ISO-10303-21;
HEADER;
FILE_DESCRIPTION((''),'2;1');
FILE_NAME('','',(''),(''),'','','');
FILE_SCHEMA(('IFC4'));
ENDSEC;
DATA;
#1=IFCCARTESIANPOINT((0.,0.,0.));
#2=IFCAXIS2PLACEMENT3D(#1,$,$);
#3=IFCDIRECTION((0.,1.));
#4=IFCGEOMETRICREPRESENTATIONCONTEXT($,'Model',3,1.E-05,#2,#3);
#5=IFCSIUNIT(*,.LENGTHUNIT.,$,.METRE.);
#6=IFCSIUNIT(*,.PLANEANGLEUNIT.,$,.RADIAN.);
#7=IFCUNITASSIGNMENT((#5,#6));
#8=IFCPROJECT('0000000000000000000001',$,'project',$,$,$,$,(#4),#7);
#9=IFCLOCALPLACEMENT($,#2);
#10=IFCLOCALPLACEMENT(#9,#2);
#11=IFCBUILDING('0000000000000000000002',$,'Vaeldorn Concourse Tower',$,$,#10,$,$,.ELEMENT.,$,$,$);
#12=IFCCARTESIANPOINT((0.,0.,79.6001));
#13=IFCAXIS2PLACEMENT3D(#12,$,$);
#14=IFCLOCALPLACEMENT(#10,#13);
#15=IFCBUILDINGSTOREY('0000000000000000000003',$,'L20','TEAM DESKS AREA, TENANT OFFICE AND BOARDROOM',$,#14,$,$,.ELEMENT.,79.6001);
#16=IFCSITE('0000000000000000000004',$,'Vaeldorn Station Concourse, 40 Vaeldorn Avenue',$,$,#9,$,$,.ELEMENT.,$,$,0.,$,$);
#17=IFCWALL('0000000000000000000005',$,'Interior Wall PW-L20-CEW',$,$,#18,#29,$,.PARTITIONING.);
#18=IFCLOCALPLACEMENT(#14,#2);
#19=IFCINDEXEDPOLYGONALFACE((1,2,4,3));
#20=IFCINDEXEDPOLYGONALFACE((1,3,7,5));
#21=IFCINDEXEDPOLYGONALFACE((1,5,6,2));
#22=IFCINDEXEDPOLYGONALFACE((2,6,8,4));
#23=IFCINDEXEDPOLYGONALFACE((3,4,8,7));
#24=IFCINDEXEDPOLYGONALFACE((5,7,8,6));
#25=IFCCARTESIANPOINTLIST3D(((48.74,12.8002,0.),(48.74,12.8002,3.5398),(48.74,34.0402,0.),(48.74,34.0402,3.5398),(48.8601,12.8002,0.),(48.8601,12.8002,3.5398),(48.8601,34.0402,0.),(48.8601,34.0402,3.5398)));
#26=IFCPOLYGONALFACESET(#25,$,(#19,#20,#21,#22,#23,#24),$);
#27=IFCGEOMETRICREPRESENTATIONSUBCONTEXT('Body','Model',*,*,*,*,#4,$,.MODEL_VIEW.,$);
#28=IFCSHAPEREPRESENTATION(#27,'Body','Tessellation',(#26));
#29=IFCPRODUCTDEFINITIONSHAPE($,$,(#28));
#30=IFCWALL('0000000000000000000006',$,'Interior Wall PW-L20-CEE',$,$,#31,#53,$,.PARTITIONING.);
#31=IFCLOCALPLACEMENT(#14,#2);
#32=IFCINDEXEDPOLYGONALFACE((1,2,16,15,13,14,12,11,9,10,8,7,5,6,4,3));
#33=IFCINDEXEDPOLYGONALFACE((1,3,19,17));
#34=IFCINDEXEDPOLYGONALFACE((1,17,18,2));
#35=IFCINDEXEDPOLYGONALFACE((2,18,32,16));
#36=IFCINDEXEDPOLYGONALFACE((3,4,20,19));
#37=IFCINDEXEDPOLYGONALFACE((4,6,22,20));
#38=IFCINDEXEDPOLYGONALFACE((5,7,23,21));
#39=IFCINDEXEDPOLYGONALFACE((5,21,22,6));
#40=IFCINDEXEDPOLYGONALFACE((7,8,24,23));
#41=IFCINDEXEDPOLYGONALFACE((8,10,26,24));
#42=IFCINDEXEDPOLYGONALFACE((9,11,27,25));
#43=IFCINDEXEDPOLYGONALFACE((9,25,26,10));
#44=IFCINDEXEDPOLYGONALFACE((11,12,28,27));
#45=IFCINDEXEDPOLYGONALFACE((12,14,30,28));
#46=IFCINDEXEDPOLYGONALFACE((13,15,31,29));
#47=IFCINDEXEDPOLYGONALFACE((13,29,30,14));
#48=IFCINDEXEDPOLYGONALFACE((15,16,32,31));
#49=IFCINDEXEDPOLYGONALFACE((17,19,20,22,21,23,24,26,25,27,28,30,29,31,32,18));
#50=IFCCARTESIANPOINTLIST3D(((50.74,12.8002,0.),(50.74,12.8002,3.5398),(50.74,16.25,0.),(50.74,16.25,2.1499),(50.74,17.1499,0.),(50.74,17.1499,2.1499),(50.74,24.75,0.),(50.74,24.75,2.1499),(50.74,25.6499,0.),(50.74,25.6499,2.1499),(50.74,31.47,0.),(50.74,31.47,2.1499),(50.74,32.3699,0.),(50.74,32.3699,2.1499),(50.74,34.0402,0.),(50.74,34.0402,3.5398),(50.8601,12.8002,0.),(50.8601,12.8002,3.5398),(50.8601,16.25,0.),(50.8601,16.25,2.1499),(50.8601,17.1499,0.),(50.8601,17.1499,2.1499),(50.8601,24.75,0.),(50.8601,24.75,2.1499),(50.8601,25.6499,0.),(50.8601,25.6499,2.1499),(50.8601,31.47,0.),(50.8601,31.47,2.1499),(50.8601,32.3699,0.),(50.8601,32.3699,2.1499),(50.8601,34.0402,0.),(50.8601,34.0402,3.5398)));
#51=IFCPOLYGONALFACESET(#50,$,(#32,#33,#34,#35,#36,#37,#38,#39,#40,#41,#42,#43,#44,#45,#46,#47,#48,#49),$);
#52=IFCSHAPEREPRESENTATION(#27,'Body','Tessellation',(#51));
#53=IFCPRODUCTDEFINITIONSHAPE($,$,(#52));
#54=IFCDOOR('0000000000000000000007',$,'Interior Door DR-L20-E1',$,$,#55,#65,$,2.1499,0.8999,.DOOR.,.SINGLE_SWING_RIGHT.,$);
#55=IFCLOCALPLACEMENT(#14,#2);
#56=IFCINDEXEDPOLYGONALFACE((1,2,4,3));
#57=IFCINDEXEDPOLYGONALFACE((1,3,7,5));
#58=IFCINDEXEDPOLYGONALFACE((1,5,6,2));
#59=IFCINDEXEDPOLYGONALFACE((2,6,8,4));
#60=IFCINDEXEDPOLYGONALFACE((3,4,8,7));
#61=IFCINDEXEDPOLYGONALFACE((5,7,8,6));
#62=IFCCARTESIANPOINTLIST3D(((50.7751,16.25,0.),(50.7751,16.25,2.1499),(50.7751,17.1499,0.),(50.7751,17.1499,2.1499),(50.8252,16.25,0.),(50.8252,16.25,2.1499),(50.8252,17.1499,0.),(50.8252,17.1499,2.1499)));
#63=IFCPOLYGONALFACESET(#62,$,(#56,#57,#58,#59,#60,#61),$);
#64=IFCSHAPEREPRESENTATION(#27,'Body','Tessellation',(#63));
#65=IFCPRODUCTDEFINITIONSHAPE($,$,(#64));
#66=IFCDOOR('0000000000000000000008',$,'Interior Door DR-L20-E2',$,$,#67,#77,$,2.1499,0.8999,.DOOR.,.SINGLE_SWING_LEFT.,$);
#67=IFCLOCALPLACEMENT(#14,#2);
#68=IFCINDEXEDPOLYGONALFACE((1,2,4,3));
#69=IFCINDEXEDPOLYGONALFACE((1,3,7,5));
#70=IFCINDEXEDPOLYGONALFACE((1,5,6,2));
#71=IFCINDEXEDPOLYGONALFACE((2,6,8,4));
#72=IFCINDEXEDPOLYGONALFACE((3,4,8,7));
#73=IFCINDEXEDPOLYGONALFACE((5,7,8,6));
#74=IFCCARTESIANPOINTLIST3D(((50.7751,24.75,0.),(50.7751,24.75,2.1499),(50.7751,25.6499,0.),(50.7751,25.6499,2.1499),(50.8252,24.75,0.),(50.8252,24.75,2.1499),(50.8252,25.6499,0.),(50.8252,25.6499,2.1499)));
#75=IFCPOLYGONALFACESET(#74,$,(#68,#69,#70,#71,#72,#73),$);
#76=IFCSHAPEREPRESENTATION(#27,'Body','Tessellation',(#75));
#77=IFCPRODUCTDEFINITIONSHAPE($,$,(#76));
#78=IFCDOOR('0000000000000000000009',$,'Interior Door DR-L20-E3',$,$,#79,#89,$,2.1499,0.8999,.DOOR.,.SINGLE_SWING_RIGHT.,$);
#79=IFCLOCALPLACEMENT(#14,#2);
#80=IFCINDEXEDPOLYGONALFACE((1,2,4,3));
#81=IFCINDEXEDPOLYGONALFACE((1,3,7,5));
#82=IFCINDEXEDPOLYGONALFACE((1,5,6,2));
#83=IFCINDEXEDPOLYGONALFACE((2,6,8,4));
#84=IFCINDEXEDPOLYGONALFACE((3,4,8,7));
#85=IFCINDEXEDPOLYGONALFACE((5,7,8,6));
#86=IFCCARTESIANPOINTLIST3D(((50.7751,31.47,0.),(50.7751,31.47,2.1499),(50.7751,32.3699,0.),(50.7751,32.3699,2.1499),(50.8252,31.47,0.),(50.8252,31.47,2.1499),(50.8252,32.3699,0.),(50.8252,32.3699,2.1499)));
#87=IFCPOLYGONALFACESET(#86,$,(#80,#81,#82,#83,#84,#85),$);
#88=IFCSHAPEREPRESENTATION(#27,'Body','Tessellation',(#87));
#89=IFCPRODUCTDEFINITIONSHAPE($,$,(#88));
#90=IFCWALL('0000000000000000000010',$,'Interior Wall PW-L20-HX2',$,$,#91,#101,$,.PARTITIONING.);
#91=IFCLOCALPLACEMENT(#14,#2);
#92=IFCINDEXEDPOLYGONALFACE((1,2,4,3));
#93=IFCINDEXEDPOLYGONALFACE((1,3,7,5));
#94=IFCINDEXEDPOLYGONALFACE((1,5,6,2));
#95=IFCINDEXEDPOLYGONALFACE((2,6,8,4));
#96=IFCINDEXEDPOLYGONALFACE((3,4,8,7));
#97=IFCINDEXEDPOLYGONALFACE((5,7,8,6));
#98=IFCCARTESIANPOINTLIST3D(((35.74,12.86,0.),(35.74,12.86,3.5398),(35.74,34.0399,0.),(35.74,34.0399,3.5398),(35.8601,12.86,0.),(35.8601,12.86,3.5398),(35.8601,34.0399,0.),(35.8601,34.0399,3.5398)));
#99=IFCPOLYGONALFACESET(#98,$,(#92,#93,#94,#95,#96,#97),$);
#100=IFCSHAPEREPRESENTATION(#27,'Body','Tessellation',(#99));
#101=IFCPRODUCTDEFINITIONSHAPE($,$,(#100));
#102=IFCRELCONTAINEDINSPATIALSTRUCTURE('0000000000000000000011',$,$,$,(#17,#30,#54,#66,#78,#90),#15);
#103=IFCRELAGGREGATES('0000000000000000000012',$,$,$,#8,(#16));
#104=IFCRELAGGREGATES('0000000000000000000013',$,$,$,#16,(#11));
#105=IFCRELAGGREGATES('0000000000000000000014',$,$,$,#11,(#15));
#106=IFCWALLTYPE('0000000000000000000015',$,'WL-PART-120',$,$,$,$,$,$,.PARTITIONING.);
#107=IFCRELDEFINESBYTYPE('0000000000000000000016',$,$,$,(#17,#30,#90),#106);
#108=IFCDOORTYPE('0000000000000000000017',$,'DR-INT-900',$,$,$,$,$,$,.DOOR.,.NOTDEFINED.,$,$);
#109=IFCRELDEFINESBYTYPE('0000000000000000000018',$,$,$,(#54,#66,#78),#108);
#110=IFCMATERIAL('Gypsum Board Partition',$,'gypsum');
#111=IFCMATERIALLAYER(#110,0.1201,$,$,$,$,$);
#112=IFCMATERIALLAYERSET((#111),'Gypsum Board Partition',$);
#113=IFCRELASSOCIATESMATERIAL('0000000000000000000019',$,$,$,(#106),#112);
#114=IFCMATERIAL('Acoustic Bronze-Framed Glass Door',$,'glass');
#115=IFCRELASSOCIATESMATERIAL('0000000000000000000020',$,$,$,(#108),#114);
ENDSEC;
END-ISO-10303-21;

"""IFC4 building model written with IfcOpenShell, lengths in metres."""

from ifc_helpers import new_model, si_unit, direction, frame, frame_2d, origin, place, context, subcontext, project, spatial, rectangle, extrude, source, transform, mapped, material, layer, layer_set, type_object, element, fill, save


model = new_model("IFC4")

# Units and contexts
model_context = context("Model", 3, precision=1e-05, world=origin(), true_north=direction((0.0, 1.0)))
body_context = subcontext(model_context, "Body", "Model", "MODEL_VIEW")
ifc_project = project(units=[si_unit("LENGTHUNIT", "METRE"), si_unit("PLANEANGLEUNIT", "RADIAN")], contexts=[model_context])

# Site, building, storey
site_placement = place(None, origin())
site = spatial("IfcSite", under=ifc_project, at=site_placement, Name="Vaeldorn Station Concourse, 40 Vaeldorn Avenue", CompositionType="ELEMENT", RefElevation=0.0)
building_placement = place(site_placement, origin())
building = spatial("IfcBuilding", under=site, at=building_placement, Name="Vaeldorn Concourse Tower", CompositionType="ELEMENT")
storey_placement = place(building_placement, frame((0.0, 0.0, 79.6001)))
storey = spatial("IfcBuildingStorey", under=building, at=storey_placement, Name="L20", Description="TEAM DESKS AREA, TENANT OFFICE AND BOARDROOM", CompositionType="ELEMENT", Elevation=79.6001)

# Wall
ifc_material_1 = material(Name="Gypsum Board Partition", Category="gypsum")
ifc_layer = layer(ifc_material_1, 0.1201)
ifc_layer_set = layer_set([ifc_layer], Name="Gypsum Board Partition")
wall_type = type_object("IfcWallType", Name="WL-PART-120", PredefinedType="PARTITIONING", material=ifc_layer_set)
wall_1_placement = place(storey_placement, frame((48.8, 12.8, 0.0), z_axis=(0.0, 0.0, 1.0), x_axis=(0.0, 1.0, 0.0)))
element("IfcWall", 1, at=wall_1_placement, inside=storey, type_object=wall_type, Name="Interior Wall PW-L20-CEW", PredefinedType="PARTITIONING", context=body_context, shape_type="SweptSolid", body=[
    extrude(rectangle(XDim=21.24, YDim=0.1201, at=frame_2d((10.6201, 0.0))), origin(), (0.0, 0.0, 1.0), 3.5398),
])

# Wall, openings, doors
wall_2_placement = place(storey_placement, frame((50.8, 12.8, 0.0), z_axis=(0.0, 0.0, 1.0), x_axis=(0.0, 1.0, 0.0)))
wall_2 = element("IfcWall", 2, at=wall_2_placement, inside=storey, type_object=wall_type, Name="Interior Wall PW-L20-CEE", PredefinedType="PARTITIONING", context=body_context, shape_type="SweptSolid", body=[
    extrude(rectangle(XDim=21.24, YDim=0.1201, at=frame_2d((10.6201, 0.0))), origin(), (0.0, 0.0, 1.0), 3.5398),
])
opening_1_placement = place(wall_2_placement, frame((3.45, 0.0, 0.0)))
opening_1 = element("IfcOpeningElement", 3, at=opening_1_placement, cuts=wall_2, PredefinedType="OPENING", context=body_context, shape_type="SweptSolid", body=[
    extrude(rectangle(XDim=0.8999, YDim=2.1499, at=frame_2d((0.45, 1.075))), frame((0.0, 0.0701, 0.0), z_axis=(0.0, -1.0, 0.0), x_axis=(1.0, 0.0, 0.0)), (0.0, 0.0, 1.0), 0.1401),
])
opening_2_placement = place(wall_2_placement, frame((11.95, 0.0, 0.0)))
opening_2 = element("IfcOpeningElement", 4, at=opening_2_placement, cuts=wall_2, PredefinedType="OPENING", context=body_context, shape_type="SweptSolid", body=[
    extrude(rectangle(XDim=0.8999, YDim=2.1499, at=frame_2d((0.45, 1.075))), frame((0.0, 0.0701, 0.0), z_axis=(0.0, -1.0, 0.0), x_axis=(1.0, 0.0, 0.0)), (0.0, 0.0, 1.0), 0.1401),
])
opening_3_placement = place(wall_2_placement, frame((18.6699, 0.0, 0.0)))
opening_3 = element("IfcOpeningElement", 5, at=opening_3_placement, cuts=wall_2, PredefinedType="OPENING", context=body_context, shape_type="SweptSolid", body=[
    extrude(rectangle(XDim=0.8999, YDim=2.1499, at=frame_2d((0.45, 1.075))), frame((0.0, 0.0701, 0.0), z_axis=(0.0, -1.0, 0.0), x_axis=(1.0, 0.0, 0.0)), (0.0, 0.0, 1.0), 0.1401),
])
ifc_material_2 = material(Name="Acoustic Bronze-Framed Glass Door", Category="glass")
door_type = type_object("IfcDoorType", Name="DR-INT-900", OperationType="NOTDEFINED", PredefinedType="DOOR", material=ifc_material_2)
shared_shape_1 = source(origin(), body_context, "Body", "SweptSolid", [
    extrude(rectangle(XDim=0.8999, YDim=2.1499, at=frame_2d((0.45, 1.075))), frame((0.0, 0.0249, 0.0), z_axis=(0.0, -1.0, 0.0), x_axis=(1.0, 0.0, 0.0)), (0.0, 0.0, 1.0), 0.05),
])
door_1_placement = place(opening_1_placement, origin())
door_1 = element("IfcDoor", 6, at=door_1_placement, inside=storey, type_object=door_type, Name="Interior Door DR-L20-E1", OperationType="SINGLE_SWING_RIGHT", OverallHeight=2.1499, OverallWidth=0.8999, PredefinedType="DOOR", context=body_context, shape_type="MappedRepresentation", body=[
    mapped(shared_shape_1, transform((0.0, 0.0, 0.0), scale=1.0)),
])
fill(opening_1, door_1)
door_2_placement = place(opening_2_placement, origin())
door_2 = element("IfcDoor", 7, at=door_2_placement, inside=storey, type_object=door_type, Name="Interior Door DR-L20-E2", OperationType="SINGLE_SWING_LEFT", OverallHeight=2.1499, OverallWidth=0.8999, PredefinedType="DOOR", context=body_context, shape_type="MappedRepresentation", body=[
    mapped(shared_shape_1, transform((0.0, 0.0, 0.0), scale=1.0)),
])
fill(opening_2, door_2)
door_3_placement = place(opening_3_placement, origin())
door_3 = element("IfcDoor", 8, at=door_3_placement, inside=storey, type_object=door_type, Name="Interior Door DR-L20-E3", OperationType="SINGLE_SWING_RIGHT", OverallHeight=2.1499, OverallWidth=0.8999, PredefinedType="DOOR", context=body_context, shape_type="MappedRepresentation", body=[
    mapped(shared_shape_1, transform((0.0, 0.0, 0.0), scale=1.0)),
])
fill(opening_3, door_3)

# Wall
wall_3_placement = place(storey_placement, frame((35.8, 12.8601, 0.0), z_axis=(0.0, 0.0, 1.0), x_axis=(0.0, 1.0, 0.0)))
element("IfcWall", 9, at=wall_3_placement, inside=storey, type_object=wall_type, Name="Interior Wall PW-L20-HX2", PredefinedType="PARTITIONING", context=body_context, shape_type="SweptSolid", body=[
    extrude(rectangle(XDim=21.1799, YDim=0.1201, at=frame_2d((10.5898, 0.0))), origin(), (0.0, 0.0, 1.0), 3.5398),
])

save(model, "model.ifc")
